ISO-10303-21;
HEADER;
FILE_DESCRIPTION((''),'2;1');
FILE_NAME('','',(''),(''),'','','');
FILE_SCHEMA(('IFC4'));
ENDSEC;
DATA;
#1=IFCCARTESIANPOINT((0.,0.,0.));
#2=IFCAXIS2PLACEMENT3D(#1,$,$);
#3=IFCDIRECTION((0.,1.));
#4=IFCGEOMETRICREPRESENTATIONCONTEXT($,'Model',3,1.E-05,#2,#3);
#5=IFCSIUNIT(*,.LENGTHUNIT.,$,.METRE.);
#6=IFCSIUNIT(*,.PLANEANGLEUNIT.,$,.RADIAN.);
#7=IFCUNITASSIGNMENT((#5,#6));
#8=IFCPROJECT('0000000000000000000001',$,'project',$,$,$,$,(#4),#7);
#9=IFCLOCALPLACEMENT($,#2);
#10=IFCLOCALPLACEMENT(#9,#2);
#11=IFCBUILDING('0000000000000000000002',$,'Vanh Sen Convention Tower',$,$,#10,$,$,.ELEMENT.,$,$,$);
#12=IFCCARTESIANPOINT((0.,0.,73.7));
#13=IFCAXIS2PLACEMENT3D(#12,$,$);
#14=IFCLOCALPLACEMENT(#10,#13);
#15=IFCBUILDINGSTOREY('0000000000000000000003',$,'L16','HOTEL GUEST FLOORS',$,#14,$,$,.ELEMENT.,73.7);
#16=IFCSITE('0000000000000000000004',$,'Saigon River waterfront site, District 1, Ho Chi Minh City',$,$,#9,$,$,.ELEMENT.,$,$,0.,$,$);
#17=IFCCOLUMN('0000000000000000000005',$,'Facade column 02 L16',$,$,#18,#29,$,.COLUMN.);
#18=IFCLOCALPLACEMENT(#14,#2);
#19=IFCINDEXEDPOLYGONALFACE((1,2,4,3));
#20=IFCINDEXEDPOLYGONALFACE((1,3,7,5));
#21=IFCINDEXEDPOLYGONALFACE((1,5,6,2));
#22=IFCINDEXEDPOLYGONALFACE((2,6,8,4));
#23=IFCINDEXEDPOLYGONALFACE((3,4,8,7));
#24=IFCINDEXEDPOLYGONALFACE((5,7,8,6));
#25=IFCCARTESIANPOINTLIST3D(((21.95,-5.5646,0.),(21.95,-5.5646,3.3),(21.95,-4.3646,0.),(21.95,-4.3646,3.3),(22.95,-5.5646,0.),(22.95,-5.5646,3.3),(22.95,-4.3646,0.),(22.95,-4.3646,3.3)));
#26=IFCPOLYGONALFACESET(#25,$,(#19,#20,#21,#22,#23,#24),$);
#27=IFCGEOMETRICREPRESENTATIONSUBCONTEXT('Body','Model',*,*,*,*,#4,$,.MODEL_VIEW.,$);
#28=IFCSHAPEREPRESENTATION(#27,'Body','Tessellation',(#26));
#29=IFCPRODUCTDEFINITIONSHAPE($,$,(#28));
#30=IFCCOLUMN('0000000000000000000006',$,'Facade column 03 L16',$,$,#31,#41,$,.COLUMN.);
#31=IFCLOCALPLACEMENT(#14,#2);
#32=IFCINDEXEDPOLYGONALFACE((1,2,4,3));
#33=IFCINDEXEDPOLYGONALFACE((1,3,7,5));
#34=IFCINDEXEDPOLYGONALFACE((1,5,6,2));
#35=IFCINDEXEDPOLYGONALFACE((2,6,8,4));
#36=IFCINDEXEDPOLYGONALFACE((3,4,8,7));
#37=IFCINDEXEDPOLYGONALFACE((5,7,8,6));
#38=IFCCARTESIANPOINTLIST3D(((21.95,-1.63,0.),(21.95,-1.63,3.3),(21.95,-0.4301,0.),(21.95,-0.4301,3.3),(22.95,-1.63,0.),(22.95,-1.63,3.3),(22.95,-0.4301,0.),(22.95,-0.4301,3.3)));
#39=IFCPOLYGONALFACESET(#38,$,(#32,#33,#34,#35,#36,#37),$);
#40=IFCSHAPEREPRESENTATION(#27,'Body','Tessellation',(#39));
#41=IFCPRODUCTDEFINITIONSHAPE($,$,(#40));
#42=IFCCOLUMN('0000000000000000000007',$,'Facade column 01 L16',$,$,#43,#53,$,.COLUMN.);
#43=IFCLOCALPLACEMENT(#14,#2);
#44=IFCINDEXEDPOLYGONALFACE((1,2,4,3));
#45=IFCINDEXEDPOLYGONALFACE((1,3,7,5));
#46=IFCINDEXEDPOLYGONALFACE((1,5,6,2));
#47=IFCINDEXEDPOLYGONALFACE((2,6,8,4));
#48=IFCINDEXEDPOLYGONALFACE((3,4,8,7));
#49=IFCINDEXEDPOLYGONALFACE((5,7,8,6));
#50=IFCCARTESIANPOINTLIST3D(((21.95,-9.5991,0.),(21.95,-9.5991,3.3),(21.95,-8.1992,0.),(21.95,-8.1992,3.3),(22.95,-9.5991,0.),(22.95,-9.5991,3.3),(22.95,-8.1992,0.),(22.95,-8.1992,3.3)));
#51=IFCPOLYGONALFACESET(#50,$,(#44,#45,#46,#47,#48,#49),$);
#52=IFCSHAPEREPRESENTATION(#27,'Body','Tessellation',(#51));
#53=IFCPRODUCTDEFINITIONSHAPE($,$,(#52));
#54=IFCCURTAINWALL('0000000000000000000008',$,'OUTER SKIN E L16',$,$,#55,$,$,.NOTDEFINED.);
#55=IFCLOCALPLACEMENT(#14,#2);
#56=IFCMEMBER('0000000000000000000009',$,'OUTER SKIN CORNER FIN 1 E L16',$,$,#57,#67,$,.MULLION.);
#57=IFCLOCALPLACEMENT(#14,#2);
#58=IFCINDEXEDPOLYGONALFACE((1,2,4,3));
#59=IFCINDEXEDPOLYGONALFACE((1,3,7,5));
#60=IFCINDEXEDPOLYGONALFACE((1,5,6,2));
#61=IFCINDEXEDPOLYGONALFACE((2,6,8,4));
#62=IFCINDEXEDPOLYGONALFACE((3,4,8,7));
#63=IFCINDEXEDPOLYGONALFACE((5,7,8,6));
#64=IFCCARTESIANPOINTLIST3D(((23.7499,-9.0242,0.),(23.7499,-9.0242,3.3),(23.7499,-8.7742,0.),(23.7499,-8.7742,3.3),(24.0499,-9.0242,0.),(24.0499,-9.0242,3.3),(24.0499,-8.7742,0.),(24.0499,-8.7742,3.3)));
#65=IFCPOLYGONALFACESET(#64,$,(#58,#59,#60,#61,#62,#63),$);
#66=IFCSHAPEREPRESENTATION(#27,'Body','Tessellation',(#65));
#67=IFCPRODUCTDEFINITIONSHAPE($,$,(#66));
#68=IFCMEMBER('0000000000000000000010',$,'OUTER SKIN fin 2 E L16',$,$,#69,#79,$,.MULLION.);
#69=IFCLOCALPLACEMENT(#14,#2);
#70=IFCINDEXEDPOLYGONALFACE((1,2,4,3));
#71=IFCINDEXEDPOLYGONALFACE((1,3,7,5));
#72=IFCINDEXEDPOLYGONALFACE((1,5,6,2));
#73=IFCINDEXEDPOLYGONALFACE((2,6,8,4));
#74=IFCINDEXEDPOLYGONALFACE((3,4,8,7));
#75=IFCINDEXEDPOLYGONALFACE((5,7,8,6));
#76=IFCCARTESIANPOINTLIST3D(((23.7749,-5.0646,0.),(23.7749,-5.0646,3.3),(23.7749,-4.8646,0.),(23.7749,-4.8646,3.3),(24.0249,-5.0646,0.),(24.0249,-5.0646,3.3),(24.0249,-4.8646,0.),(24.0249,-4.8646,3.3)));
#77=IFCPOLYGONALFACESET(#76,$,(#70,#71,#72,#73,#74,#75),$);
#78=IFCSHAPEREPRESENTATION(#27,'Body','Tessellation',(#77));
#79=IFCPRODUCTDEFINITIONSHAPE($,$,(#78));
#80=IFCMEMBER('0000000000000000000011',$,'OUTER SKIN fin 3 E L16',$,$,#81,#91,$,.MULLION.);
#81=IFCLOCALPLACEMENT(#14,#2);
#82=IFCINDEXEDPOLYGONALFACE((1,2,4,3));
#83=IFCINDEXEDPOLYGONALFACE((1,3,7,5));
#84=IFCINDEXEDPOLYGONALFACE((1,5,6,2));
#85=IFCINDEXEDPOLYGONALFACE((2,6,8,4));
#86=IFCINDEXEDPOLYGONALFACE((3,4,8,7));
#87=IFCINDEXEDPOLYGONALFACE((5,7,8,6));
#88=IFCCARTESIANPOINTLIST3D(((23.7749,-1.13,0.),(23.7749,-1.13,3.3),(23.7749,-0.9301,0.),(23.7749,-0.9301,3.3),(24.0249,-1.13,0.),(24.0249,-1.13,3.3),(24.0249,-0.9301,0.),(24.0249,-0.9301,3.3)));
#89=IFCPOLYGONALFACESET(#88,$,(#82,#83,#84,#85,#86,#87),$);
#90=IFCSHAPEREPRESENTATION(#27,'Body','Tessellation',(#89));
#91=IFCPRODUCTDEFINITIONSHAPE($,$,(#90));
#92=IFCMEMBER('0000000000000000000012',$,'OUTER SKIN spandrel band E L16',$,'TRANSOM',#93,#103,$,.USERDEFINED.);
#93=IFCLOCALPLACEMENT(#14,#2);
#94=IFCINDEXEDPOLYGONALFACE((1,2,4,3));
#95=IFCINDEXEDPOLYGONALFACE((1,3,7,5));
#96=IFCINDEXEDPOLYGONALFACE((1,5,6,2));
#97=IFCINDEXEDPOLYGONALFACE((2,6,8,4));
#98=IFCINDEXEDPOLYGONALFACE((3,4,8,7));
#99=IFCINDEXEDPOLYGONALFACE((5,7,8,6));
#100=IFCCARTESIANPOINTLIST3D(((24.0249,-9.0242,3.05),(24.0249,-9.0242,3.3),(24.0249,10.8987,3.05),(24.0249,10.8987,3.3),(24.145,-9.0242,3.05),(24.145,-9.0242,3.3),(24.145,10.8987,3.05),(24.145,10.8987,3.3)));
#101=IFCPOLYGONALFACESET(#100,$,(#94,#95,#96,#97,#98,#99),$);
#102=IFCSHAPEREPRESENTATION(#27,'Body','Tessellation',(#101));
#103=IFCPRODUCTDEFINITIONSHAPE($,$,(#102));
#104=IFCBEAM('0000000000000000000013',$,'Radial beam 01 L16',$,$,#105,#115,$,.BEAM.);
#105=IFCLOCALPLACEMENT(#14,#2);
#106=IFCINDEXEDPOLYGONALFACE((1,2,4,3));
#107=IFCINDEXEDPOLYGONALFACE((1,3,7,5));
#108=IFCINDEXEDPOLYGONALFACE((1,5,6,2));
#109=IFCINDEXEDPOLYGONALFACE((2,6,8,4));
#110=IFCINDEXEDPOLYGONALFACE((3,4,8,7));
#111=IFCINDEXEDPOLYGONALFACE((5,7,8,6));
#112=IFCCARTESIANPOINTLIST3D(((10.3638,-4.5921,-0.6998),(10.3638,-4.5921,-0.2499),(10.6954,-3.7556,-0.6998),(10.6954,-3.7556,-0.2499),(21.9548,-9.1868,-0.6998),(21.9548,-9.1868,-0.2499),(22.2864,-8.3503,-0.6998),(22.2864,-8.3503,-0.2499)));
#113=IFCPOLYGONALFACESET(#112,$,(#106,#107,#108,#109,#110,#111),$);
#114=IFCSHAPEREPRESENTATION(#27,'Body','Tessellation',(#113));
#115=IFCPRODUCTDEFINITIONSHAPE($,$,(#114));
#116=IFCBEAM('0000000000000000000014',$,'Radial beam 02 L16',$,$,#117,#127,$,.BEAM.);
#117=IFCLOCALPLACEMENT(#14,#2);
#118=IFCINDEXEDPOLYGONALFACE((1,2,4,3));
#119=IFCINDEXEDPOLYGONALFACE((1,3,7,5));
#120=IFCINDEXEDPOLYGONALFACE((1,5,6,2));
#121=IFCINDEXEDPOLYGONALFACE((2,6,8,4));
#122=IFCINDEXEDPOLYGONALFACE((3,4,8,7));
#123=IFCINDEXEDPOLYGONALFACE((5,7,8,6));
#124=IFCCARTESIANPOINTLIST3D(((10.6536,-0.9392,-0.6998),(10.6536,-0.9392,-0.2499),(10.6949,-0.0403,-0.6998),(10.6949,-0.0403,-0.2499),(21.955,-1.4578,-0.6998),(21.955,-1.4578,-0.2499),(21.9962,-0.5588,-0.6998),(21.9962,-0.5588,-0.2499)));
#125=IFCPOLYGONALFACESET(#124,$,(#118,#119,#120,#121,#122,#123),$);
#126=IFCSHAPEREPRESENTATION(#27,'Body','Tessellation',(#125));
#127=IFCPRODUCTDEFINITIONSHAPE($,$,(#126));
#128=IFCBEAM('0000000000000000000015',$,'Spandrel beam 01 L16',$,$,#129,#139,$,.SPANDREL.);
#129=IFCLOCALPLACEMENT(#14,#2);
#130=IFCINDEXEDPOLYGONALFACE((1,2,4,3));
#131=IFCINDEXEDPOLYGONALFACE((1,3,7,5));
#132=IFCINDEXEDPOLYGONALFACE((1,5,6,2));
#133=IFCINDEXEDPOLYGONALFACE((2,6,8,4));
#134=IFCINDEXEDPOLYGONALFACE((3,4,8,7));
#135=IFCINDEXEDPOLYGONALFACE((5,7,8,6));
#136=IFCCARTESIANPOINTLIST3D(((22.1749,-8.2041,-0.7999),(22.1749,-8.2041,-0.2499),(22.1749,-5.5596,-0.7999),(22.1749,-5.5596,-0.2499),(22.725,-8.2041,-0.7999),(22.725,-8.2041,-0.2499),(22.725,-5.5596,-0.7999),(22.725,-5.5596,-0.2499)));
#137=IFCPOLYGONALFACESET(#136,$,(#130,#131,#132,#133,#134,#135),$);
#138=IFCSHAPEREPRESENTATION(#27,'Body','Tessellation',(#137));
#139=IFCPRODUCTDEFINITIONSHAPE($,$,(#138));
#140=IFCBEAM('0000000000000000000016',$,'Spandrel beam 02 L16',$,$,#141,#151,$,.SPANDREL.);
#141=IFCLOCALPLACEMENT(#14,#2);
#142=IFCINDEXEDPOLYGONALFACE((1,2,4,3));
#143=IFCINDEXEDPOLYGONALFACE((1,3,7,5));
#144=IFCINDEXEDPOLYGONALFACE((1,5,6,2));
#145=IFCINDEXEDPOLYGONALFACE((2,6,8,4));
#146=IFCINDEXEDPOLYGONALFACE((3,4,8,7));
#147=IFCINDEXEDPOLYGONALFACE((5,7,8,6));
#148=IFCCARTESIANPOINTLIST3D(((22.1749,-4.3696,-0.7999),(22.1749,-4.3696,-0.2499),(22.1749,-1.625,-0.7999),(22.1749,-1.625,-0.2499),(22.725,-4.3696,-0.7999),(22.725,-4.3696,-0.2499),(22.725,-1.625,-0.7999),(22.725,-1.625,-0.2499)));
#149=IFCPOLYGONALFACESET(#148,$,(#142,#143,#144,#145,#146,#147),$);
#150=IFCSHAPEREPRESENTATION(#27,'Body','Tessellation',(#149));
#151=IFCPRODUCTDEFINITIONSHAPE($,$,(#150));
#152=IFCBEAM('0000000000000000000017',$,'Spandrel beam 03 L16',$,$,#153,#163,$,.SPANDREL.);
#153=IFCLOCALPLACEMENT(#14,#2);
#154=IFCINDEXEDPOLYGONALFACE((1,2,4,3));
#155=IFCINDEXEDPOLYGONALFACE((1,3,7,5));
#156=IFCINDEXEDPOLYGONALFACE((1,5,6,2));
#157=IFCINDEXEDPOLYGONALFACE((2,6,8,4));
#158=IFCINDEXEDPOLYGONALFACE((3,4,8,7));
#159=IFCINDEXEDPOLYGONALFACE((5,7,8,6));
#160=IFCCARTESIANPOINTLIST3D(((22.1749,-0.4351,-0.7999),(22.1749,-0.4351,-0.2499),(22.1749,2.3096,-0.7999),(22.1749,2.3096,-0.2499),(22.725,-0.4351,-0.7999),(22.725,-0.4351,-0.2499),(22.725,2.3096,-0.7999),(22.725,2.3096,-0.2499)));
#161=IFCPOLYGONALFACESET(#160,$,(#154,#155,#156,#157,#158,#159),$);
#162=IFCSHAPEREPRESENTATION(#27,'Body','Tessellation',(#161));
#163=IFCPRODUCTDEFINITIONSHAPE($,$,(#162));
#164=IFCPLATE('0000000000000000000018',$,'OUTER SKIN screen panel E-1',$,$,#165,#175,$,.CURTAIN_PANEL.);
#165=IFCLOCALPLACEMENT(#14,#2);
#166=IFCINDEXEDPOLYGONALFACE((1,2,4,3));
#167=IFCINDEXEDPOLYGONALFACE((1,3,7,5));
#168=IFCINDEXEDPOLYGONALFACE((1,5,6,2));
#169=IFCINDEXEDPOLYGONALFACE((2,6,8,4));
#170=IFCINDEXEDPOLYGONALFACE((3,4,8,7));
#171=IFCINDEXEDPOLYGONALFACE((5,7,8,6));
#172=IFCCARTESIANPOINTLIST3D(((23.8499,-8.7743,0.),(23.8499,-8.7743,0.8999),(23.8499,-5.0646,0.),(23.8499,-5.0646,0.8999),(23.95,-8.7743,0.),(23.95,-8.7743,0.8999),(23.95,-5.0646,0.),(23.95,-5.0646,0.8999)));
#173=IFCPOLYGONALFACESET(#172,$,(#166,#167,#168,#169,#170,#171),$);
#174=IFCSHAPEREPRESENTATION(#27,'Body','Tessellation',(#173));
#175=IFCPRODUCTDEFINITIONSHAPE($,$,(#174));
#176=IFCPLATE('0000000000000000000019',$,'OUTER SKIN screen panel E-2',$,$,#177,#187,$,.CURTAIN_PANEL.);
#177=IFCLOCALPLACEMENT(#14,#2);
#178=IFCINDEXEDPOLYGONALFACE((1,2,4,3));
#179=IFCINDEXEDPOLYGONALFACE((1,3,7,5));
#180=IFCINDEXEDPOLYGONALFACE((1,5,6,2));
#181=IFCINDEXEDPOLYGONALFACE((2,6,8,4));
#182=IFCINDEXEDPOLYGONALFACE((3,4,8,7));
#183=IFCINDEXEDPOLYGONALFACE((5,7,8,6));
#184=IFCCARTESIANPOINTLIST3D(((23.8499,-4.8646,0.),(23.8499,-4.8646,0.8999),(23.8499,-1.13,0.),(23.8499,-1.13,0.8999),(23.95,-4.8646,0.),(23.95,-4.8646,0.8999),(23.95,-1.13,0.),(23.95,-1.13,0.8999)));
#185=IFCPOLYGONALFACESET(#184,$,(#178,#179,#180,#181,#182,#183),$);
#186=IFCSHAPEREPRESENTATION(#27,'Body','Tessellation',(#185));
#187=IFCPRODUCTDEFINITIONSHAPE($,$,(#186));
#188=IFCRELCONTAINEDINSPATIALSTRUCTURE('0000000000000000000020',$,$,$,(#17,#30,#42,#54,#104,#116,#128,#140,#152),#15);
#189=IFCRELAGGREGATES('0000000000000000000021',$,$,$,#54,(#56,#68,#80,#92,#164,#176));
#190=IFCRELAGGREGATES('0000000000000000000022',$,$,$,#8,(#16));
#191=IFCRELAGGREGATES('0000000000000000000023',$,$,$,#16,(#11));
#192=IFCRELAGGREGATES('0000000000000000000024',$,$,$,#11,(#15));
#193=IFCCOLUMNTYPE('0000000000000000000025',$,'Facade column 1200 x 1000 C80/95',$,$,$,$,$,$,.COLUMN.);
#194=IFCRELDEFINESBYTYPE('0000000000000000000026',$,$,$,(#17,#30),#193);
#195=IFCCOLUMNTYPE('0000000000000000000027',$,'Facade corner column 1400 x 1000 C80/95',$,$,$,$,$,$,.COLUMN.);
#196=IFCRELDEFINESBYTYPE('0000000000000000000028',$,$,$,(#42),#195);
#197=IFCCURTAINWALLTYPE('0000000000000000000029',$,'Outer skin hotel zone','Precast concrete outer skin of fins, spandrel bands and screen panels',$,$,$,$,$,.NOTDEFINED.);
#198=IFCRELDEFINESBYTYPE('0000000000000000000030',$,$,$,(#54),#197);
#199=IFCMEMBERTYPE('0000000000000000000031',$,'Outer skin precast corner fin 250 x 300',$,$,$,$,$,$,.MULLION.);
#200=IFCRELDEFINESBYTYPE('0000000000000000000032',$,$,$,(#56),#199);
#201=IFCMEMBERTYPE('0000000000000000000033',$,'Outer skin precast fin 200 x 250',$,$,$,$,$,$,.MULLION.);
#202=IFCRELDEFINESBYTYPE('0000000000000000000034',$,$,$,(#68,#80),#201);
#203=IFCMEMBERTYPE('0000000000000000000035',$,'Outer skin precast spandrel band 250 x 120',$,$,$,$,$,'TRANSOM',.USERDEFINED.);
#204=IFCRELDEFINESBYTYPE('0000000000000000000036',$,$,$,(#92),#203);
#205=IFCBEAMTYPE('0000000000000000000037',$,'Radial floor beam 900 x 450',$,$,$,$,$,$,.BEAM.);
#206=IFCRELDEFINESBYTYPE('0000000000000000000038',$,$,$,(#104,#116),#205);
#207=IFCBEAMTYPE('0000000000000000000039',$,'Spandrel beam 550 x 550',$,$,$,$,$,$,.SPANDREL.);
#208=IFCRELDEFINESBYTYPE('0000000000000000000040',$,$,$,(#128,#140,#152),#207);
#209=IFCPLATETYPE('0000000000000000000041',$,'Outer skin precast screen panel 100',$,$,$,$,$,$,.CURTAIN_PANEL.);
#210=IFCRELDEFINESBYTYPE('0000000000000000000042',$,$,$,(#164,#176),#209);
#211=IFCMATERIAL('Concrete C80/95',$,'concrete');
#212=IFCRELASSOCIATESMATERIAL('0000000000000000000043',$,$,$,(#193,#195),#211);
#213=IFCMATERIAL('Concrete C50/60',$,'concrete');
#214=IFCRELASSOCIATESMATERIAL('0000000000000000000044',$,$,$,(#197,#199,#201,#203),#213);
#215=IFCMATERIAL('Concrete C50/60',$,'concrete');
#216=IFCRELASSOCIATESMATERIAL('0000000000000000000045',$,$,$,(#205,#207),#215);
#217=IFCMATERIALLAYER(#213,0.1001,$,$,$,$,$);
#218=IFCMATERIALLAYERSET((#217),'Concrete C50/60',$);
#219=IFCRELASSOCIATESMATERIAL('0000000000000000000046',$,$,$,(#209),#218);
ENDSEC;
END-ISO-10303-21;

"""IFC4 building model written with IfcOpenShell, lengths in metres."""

from ifc_helpers import new_model, si_unit, direction, frame, origin, origin_2d, place, context, subcontext, project, spatial, rectangle, extrude, material, layer, layer_set, material_profile, profile_set, type_object, element, aggregate, save


model = new_model("IFC4")

# Units and contexts
model_context = context("Model", 3, precision=1e-05, world=origin(), true_north=direction((0.0, 1.0)))
body_context = subcontext(model_context, "Body", "Model", "MODEL_VIEW")
ifc_project = project(units=[si_unit("LENGTHUNIT", "METRE"), si_unit("PLANEANGLEUNIT", "RADIAN")], contexts=[model_context])

# Site, building, storey
site_placement = place(None, origin())
site = spatial("IfcSite", under=ifc_project, at=site_placement, Name="Saigon River waterfront site, District 1, Ho Chi Minh City", CompositionType="ELEMENT", RefElevation=0.0)
building_placement = place(site_placement, origin())
building = spatial("IfcBuilding", under=site, at=building_placement, Name="Vanh Sen Convention Tower", CompositionType="ELEMENT")
storey_placement = place(building_placement, frame((0.0, 0.0, 73.7)))
storey = spatial("IfcBuildingStorey", under=building, at=storey_placement, Name="L16", Description="HOTEL GUEST FLOORS", CompositionType="ELEMENT", Elevation=73.7)

# Columns
ifc_material_1 = material(Name="Concrete C80/95", Category="concrete")
ifc_material_profile_1 = material_profile(ifc_material_1, rectangle(XDim=1.2, YDim=1.0, at=origin_2d()), Name="RC 1200X1000")
ifc_profile_set_1 = profile_set([ifc_material_profile_1], Name="Concrete C80/95")
column_type_1 = type_object("IfcColumnType", Name="Facade column 1200 x 1000 C80/95", PredefinedType="COLUMN", material=ifc_profile_set_1)
for number, where, z_axis, x_axis, name in (
    (1, (22.45, -4.9646, 0.0), (0.0, 0.0, 1.0), (0.0, 1.0, 0.0), "Facade column 02 L16"),
    (2, (22.45, -1.03, 0.0), (0.0, 0.0, 1.0), (0.0, 1.0, 0.0), "Facade column 03 L16"),
):
    element("IfcColumn", number, at=place(storey_placement, frame(where, z_axis=z_axis, x_axis=x_axis)), inside=storey, type_object=column_type_1, Name=name, PredefinedType="COLUMN", context=body_context, shape_type="SweptSolid", body=[
        extrude(rectangle(XDim=1.2, YDim=1.0, at=origin_2d()), origin(), (0.0, 0.0, 1.0), 3.3),
    ])
ifc_material_profile_2 = material_profile(ifc_material_1, rectangle(XDim=1.3999, YDim=1.0, at=origin_2d()), Name="RC 1400X1000")
ifc_profile_set_2 = profile_set([ifc_material_profile_2], Name="Concrete C80/95")
column_type_2 = type_object("IfcColumnType", Name="Facade corner column 1400 x 1000 C80/95", PredefinedType="COLUMN", material=ifc_profile_set_2)
column_placement = place(storey_placement, frame((22.45, -8.8992, 0.0), z_axis=(0.0, 0.0, 1.0), x_axis=(0.0, 1.0, 0.0)))
element("IfcColumn", 3, at=column_placement, inside=storey, type_object=column_type_2, Name="Facade column 01 L16", PredefinedType="COLUMN", context=body_context, shape_type="SweptSolid", body=[
    extrude(rectangle(XDim=1.3999, YDim=1.0, at=origin_2d()), origin(), (0.0, 0.0, 1.0), 3.3),
])

# Curtain wall, members
ifc_material_2 = material(Name="Concrete C50/60", Category="concrete")
curtain_wall_type = type_object("IfcCurtainWallType", Name="Outer skin hotel zone", Description="Precast concrete outer skin of fins, spandrel bands and screen panels", PredefinedType="NOTDEFINED", material=ifc_material_2)
curtain_wall_placement = place(storey_placement, origin())
curtain_wall = element("IfcCurtainWall", 4, at=curtain_wall_placement, inside=storey, type_object=curtain_wall_type, Name="OUTER SKIN E L16", PredefinedType="NOTDEFINED")
ifc_material_profile_3 = material_profile(ifc_material_2, rectangle(XDim=0.25, YDim=0.3, at=origin_2d()), Name="Outer skin precast corner fin 250 x 300")
ifc_profile_set_3 = profile_set([ifc_material_profile_3], Name="Concrete C50/60")
member_type_1 = type_object("IfcMemberType", Name="Outer skin precast corner fin 250 x 300", PredefinedType="MULLION", material=ifc_profile_set_3)
member_1_placement = place(storey_placement, frame((23.8999, -8.8992, 0.0), z_axis=(0.0, 0.0, 1.0), x_axis=(0.0, 1.0, 0.0)))
member_1 = element("IfcMember", 5, at=member_1_placement, type_object=member_type_1, Name="OUTER SKIN CORNER FIN 1 E L16", PredefinedType="MULLION", context=body_context, shape_type="SweptSolid", body=[
    extrude(rectangle(XDim=0.25, YDim=0.3, at=origin_2d()), origin(), (0.0, 0.0, 1.0), 3.3),
])
ifc_material_profile_4 = material_profile(ifc_material_2, rectangle(XDim=0.2, YDim=0.25, at=origin_2d()), Name="Outer skin precast fin 200 x 250")
ifc_profile_set_4 = profile_set([ifc_material_profile_4], Name="Concrete C50/60")
member_type_2 = type_object("IfcMemberType", Name="Outer skin precast fin 200 x 250", PredefinedType="MULLION", material=ifc_profile_set_4)
member_2_placement = place(storey_placement, frame((23.8999, -4.9646, 0.0), z_axis=(0.0, 0.0, 1.0), x_axis=(0.0, 1.0, 0.0)))
member_2 = element("IfcMember", 6, at=member_2_placement, type_object=member_type_2, Name="OUTER SKIN fin 2 E L16", PredefinedType="MULLION", context=body_context, shape_type="SweptSolid", body=[
    extrude(rectangle(XDim=0.2, YDim=0.25, at=origin_2d()), origin(), (0.0, 0.0, 1.0), 3.3),
])
member_3_placement = place(storey_placement, frame((23.8999, -1.03, 0.0), z_axis=(0.0, 0.0, 1.0), x_axis=(0.0, 1.0, 0.0)))
member_3 = element("IfcMember", 7, at=member_3_placement, type_object=member_type_2, Name="OUTER SKIN fin 3 E L16", PredefinedType="MULLION", context=body_context, shape_type="SweptSolid", body=[
    extrude(rectangle(XDim=0.2, YDim=0.25, at=origin_2d()), origin(), (0.0, 0.0, 1.0), 3.3),
])
ifc_material_profile_5 = material_profile(ifc_material_2, rectangle(XDim=0.1201, YDim=0.25, at=origin_2d()), Name="Outer skin precast spandrel band 250 x 120")
ifc_profile_set_5 = profile_set([ifc_material_profile_5], Name="Concrete C50/60")
member_type_3 = type_object("IfcMemberType", Name="Outer skin precast spandrel band 250 x 120", ElementType="TRANSOM", PredefinedType="USERDEFINED", material=ifc_profile_set_5)
member_4_placement = place(storey_placement, frame((24.085, -9.0242, 3.175), z_axis=(0.0, 1.0, 0.0), x_axis=(-1.0, 0.0, 0.0)))
member_4 = element("IfcMember", 8, at=member_4_placement, type_object=member_type_3, Name="OUTER SKIN spandrel band E L16", ObjectType="TRANSOM", PredefinedType="USERDEFINED", context=body_context, shape_type="SweptSolid", body=[
    extrude(rectangle(XDim=0.1201, YDim=0.25, at=origin_2d()), origin(), (0.0, 0.0, 1.0), 19.9229),
])

# Beams
ifc_material_3 = material(Name="Concrete C50/60", Category="concrete")
ifc_material_profile_6 = material_profile(ifc_material_3, rectangle(XDim=0.8999, YDim=0.45, at=origin_2d()), Name="RC 900X450")
ifc_profile_set_6 = profile_set([ifc_material_profile_6], Name="Concrete C50/60")
beam_type_1 = type_object("IfcBeamType", Name="Radial floor beam 900 x 450", PredefinedType="BEAM", material=ifc_profile_set_6)
beam_1_placement = place(storey_placement, frame((22.1206, -8.7686, -0.4749), z_axis=(-0.929625, 0.368506, 0.0), x_axis=(-0.368506, -0.929625, 0.0)))
element("IfcBeam", 9, at=beam_1_placement, inside=storey, type_object=beam_type_1, Name="Radial beam 01 L16", PredefinedType="BEAM", context=body_context, shape_type="SweptSolid", body=[
    extrude(rectangle(XDim=0.8999, YDim=0.45, at=origin_2d()), origin(), (0.0, 0.0, 1.0), 12.4685),
])
beam_2_placement = place(storey_placement, frame((21.9756, -1.0083, -0.4749), z_axis=(-0.998949, 0.045836, 0.0), x_axis=(-0.045836, -0.998949, 0.0)))
element("IfcBeam", 10, at=beam_2_placement, inside=storey, type_object=beam_type_1, Name="Radial beam 02 L16", PredefinedType="BEAM", context=body_context, shape_type="SweptSolid", body=[
    extrude(rectangle(XDim=0.8999, YDim=0.45, at=origin_2d()), origin(), (0.0, 0.0, 1.0), 11.3132),
])
ifc_material_profile_7 = material_profile(ifc_material_3, rectangle(XDim=0.55, YDim=0.55, at=origin_2d()), Name="RC 550X550")
ifc_profile_set_7 = profile_set([ifc_material_profile_7], Name="Concrete C50/60")
beam_type_2 = type_object("IfcBeamType", Name="Spandrel beam 550 x 550", PredefinedType="SPANDREL", material=ifc_profile_set_7)
beam_3_placement = place(storey_placement, frame((22.45, -8.2041, -0.5249), z_axis=(0.0, 1.0, 0.0), x_axis=(-1.0, 0.0, 0.0)))
element("IfcBeam", 11, at=beam_3_placement, inside=storey, type_object=beam_type_2, Name="Spandrel beam 01 L16", PredefinedType="SPANDREL", context=body_context, shape_type="SweptSolid", body=[
    extrude(rectangle(XDim=0.55, YDim=0.55, at=origin_2d()), origin(), (0.0, 0.0, 1.0), 2.6445),
])
for number, where, z_axis, x_axis, name in (
    (12, (22.45, -4.3696, -0.5249), (0.0, 1.0, 0.0), (-1.0, 0.0, 0.0), "Spandrel beam 02 L16"),
    (13, (22.45, -0.4351, -0.5249), (0.0, 1.0, 0.0), (-1.0, 0.0, 0.0), "Spandrel beam 03 L16"),
):
    element("IfcBeam", number, at=place(storey_placement, frame(where, z_axis=z_axis, x_axis=x_axis)), inside=storey, type_object=beam_type_2, Name=name, PredefinedType="SPANDREL", context=body_context, shape_type="SweptSolid", body=[
        extrude(rectangle(XDim=0.55, YDim=0.55, at=origin_2d()), origin(), (0.0, 0.0, 1.0), 2.7446),
    ])

# Plates
ifc_layer_1 = layer(ifc_material_2, 0.1001)
ifc_layer_set_1 = layer_set([ifc_layer_1], Name="Concrete C50/60")
plate_type = type_object("IfcPlateType", Name="Outer skin precast screen panel 100", PredefinedType="CURTAIN_PANEL", material=ifc_layer_set_1)
plate_1_placement = place(storey_placement, frame((23.8999, -6.9194, 0.0), z_axis=(0.0, 0.0, 1.0), x_axis=(0.0, 1.0, 0.0)))
plate_1 = element("IfcPlate", 14, at=plate_1_placement, type_object=plate_type, Name="OUTER SKIN screen panel E-1", PredefinedType="CURTAIN_PANEL", context=body_context, shape_type="SweptSolid", body=[
    extrude(rectangle(XDim=3.7097, YDim=0.1001, at=origin_2d()), origin(), (0.0, 0.0, 1.0), 0.8999),
])
plate_2_placement = place(storey_placement, frame((23.8999, -2.9973, 0.0), z_axis=(0.0, 0.0, 1.0), x_axis=(0.0, 1.0, 0.0)))
plate_2 = element("IfcPlate", 15, at=plate_2_placement, type_object=plate_type, Name="OUTER SKIN screen panel E-2", PredefinedType="CURTAIN_PANEL", context=body_context, shape_type="SweptSolid", body=[
    extrude(rectangle(XDim=3.7346, YDim=0.1001, at=origin_2d()), origin(), (0.0, 0.0, 1.0), 0.8999),
])
aggregate(curtain_wall, [member_1, member_2, member_3, member_4, plate_1, plate_2])

save(model, "model.ifc")
